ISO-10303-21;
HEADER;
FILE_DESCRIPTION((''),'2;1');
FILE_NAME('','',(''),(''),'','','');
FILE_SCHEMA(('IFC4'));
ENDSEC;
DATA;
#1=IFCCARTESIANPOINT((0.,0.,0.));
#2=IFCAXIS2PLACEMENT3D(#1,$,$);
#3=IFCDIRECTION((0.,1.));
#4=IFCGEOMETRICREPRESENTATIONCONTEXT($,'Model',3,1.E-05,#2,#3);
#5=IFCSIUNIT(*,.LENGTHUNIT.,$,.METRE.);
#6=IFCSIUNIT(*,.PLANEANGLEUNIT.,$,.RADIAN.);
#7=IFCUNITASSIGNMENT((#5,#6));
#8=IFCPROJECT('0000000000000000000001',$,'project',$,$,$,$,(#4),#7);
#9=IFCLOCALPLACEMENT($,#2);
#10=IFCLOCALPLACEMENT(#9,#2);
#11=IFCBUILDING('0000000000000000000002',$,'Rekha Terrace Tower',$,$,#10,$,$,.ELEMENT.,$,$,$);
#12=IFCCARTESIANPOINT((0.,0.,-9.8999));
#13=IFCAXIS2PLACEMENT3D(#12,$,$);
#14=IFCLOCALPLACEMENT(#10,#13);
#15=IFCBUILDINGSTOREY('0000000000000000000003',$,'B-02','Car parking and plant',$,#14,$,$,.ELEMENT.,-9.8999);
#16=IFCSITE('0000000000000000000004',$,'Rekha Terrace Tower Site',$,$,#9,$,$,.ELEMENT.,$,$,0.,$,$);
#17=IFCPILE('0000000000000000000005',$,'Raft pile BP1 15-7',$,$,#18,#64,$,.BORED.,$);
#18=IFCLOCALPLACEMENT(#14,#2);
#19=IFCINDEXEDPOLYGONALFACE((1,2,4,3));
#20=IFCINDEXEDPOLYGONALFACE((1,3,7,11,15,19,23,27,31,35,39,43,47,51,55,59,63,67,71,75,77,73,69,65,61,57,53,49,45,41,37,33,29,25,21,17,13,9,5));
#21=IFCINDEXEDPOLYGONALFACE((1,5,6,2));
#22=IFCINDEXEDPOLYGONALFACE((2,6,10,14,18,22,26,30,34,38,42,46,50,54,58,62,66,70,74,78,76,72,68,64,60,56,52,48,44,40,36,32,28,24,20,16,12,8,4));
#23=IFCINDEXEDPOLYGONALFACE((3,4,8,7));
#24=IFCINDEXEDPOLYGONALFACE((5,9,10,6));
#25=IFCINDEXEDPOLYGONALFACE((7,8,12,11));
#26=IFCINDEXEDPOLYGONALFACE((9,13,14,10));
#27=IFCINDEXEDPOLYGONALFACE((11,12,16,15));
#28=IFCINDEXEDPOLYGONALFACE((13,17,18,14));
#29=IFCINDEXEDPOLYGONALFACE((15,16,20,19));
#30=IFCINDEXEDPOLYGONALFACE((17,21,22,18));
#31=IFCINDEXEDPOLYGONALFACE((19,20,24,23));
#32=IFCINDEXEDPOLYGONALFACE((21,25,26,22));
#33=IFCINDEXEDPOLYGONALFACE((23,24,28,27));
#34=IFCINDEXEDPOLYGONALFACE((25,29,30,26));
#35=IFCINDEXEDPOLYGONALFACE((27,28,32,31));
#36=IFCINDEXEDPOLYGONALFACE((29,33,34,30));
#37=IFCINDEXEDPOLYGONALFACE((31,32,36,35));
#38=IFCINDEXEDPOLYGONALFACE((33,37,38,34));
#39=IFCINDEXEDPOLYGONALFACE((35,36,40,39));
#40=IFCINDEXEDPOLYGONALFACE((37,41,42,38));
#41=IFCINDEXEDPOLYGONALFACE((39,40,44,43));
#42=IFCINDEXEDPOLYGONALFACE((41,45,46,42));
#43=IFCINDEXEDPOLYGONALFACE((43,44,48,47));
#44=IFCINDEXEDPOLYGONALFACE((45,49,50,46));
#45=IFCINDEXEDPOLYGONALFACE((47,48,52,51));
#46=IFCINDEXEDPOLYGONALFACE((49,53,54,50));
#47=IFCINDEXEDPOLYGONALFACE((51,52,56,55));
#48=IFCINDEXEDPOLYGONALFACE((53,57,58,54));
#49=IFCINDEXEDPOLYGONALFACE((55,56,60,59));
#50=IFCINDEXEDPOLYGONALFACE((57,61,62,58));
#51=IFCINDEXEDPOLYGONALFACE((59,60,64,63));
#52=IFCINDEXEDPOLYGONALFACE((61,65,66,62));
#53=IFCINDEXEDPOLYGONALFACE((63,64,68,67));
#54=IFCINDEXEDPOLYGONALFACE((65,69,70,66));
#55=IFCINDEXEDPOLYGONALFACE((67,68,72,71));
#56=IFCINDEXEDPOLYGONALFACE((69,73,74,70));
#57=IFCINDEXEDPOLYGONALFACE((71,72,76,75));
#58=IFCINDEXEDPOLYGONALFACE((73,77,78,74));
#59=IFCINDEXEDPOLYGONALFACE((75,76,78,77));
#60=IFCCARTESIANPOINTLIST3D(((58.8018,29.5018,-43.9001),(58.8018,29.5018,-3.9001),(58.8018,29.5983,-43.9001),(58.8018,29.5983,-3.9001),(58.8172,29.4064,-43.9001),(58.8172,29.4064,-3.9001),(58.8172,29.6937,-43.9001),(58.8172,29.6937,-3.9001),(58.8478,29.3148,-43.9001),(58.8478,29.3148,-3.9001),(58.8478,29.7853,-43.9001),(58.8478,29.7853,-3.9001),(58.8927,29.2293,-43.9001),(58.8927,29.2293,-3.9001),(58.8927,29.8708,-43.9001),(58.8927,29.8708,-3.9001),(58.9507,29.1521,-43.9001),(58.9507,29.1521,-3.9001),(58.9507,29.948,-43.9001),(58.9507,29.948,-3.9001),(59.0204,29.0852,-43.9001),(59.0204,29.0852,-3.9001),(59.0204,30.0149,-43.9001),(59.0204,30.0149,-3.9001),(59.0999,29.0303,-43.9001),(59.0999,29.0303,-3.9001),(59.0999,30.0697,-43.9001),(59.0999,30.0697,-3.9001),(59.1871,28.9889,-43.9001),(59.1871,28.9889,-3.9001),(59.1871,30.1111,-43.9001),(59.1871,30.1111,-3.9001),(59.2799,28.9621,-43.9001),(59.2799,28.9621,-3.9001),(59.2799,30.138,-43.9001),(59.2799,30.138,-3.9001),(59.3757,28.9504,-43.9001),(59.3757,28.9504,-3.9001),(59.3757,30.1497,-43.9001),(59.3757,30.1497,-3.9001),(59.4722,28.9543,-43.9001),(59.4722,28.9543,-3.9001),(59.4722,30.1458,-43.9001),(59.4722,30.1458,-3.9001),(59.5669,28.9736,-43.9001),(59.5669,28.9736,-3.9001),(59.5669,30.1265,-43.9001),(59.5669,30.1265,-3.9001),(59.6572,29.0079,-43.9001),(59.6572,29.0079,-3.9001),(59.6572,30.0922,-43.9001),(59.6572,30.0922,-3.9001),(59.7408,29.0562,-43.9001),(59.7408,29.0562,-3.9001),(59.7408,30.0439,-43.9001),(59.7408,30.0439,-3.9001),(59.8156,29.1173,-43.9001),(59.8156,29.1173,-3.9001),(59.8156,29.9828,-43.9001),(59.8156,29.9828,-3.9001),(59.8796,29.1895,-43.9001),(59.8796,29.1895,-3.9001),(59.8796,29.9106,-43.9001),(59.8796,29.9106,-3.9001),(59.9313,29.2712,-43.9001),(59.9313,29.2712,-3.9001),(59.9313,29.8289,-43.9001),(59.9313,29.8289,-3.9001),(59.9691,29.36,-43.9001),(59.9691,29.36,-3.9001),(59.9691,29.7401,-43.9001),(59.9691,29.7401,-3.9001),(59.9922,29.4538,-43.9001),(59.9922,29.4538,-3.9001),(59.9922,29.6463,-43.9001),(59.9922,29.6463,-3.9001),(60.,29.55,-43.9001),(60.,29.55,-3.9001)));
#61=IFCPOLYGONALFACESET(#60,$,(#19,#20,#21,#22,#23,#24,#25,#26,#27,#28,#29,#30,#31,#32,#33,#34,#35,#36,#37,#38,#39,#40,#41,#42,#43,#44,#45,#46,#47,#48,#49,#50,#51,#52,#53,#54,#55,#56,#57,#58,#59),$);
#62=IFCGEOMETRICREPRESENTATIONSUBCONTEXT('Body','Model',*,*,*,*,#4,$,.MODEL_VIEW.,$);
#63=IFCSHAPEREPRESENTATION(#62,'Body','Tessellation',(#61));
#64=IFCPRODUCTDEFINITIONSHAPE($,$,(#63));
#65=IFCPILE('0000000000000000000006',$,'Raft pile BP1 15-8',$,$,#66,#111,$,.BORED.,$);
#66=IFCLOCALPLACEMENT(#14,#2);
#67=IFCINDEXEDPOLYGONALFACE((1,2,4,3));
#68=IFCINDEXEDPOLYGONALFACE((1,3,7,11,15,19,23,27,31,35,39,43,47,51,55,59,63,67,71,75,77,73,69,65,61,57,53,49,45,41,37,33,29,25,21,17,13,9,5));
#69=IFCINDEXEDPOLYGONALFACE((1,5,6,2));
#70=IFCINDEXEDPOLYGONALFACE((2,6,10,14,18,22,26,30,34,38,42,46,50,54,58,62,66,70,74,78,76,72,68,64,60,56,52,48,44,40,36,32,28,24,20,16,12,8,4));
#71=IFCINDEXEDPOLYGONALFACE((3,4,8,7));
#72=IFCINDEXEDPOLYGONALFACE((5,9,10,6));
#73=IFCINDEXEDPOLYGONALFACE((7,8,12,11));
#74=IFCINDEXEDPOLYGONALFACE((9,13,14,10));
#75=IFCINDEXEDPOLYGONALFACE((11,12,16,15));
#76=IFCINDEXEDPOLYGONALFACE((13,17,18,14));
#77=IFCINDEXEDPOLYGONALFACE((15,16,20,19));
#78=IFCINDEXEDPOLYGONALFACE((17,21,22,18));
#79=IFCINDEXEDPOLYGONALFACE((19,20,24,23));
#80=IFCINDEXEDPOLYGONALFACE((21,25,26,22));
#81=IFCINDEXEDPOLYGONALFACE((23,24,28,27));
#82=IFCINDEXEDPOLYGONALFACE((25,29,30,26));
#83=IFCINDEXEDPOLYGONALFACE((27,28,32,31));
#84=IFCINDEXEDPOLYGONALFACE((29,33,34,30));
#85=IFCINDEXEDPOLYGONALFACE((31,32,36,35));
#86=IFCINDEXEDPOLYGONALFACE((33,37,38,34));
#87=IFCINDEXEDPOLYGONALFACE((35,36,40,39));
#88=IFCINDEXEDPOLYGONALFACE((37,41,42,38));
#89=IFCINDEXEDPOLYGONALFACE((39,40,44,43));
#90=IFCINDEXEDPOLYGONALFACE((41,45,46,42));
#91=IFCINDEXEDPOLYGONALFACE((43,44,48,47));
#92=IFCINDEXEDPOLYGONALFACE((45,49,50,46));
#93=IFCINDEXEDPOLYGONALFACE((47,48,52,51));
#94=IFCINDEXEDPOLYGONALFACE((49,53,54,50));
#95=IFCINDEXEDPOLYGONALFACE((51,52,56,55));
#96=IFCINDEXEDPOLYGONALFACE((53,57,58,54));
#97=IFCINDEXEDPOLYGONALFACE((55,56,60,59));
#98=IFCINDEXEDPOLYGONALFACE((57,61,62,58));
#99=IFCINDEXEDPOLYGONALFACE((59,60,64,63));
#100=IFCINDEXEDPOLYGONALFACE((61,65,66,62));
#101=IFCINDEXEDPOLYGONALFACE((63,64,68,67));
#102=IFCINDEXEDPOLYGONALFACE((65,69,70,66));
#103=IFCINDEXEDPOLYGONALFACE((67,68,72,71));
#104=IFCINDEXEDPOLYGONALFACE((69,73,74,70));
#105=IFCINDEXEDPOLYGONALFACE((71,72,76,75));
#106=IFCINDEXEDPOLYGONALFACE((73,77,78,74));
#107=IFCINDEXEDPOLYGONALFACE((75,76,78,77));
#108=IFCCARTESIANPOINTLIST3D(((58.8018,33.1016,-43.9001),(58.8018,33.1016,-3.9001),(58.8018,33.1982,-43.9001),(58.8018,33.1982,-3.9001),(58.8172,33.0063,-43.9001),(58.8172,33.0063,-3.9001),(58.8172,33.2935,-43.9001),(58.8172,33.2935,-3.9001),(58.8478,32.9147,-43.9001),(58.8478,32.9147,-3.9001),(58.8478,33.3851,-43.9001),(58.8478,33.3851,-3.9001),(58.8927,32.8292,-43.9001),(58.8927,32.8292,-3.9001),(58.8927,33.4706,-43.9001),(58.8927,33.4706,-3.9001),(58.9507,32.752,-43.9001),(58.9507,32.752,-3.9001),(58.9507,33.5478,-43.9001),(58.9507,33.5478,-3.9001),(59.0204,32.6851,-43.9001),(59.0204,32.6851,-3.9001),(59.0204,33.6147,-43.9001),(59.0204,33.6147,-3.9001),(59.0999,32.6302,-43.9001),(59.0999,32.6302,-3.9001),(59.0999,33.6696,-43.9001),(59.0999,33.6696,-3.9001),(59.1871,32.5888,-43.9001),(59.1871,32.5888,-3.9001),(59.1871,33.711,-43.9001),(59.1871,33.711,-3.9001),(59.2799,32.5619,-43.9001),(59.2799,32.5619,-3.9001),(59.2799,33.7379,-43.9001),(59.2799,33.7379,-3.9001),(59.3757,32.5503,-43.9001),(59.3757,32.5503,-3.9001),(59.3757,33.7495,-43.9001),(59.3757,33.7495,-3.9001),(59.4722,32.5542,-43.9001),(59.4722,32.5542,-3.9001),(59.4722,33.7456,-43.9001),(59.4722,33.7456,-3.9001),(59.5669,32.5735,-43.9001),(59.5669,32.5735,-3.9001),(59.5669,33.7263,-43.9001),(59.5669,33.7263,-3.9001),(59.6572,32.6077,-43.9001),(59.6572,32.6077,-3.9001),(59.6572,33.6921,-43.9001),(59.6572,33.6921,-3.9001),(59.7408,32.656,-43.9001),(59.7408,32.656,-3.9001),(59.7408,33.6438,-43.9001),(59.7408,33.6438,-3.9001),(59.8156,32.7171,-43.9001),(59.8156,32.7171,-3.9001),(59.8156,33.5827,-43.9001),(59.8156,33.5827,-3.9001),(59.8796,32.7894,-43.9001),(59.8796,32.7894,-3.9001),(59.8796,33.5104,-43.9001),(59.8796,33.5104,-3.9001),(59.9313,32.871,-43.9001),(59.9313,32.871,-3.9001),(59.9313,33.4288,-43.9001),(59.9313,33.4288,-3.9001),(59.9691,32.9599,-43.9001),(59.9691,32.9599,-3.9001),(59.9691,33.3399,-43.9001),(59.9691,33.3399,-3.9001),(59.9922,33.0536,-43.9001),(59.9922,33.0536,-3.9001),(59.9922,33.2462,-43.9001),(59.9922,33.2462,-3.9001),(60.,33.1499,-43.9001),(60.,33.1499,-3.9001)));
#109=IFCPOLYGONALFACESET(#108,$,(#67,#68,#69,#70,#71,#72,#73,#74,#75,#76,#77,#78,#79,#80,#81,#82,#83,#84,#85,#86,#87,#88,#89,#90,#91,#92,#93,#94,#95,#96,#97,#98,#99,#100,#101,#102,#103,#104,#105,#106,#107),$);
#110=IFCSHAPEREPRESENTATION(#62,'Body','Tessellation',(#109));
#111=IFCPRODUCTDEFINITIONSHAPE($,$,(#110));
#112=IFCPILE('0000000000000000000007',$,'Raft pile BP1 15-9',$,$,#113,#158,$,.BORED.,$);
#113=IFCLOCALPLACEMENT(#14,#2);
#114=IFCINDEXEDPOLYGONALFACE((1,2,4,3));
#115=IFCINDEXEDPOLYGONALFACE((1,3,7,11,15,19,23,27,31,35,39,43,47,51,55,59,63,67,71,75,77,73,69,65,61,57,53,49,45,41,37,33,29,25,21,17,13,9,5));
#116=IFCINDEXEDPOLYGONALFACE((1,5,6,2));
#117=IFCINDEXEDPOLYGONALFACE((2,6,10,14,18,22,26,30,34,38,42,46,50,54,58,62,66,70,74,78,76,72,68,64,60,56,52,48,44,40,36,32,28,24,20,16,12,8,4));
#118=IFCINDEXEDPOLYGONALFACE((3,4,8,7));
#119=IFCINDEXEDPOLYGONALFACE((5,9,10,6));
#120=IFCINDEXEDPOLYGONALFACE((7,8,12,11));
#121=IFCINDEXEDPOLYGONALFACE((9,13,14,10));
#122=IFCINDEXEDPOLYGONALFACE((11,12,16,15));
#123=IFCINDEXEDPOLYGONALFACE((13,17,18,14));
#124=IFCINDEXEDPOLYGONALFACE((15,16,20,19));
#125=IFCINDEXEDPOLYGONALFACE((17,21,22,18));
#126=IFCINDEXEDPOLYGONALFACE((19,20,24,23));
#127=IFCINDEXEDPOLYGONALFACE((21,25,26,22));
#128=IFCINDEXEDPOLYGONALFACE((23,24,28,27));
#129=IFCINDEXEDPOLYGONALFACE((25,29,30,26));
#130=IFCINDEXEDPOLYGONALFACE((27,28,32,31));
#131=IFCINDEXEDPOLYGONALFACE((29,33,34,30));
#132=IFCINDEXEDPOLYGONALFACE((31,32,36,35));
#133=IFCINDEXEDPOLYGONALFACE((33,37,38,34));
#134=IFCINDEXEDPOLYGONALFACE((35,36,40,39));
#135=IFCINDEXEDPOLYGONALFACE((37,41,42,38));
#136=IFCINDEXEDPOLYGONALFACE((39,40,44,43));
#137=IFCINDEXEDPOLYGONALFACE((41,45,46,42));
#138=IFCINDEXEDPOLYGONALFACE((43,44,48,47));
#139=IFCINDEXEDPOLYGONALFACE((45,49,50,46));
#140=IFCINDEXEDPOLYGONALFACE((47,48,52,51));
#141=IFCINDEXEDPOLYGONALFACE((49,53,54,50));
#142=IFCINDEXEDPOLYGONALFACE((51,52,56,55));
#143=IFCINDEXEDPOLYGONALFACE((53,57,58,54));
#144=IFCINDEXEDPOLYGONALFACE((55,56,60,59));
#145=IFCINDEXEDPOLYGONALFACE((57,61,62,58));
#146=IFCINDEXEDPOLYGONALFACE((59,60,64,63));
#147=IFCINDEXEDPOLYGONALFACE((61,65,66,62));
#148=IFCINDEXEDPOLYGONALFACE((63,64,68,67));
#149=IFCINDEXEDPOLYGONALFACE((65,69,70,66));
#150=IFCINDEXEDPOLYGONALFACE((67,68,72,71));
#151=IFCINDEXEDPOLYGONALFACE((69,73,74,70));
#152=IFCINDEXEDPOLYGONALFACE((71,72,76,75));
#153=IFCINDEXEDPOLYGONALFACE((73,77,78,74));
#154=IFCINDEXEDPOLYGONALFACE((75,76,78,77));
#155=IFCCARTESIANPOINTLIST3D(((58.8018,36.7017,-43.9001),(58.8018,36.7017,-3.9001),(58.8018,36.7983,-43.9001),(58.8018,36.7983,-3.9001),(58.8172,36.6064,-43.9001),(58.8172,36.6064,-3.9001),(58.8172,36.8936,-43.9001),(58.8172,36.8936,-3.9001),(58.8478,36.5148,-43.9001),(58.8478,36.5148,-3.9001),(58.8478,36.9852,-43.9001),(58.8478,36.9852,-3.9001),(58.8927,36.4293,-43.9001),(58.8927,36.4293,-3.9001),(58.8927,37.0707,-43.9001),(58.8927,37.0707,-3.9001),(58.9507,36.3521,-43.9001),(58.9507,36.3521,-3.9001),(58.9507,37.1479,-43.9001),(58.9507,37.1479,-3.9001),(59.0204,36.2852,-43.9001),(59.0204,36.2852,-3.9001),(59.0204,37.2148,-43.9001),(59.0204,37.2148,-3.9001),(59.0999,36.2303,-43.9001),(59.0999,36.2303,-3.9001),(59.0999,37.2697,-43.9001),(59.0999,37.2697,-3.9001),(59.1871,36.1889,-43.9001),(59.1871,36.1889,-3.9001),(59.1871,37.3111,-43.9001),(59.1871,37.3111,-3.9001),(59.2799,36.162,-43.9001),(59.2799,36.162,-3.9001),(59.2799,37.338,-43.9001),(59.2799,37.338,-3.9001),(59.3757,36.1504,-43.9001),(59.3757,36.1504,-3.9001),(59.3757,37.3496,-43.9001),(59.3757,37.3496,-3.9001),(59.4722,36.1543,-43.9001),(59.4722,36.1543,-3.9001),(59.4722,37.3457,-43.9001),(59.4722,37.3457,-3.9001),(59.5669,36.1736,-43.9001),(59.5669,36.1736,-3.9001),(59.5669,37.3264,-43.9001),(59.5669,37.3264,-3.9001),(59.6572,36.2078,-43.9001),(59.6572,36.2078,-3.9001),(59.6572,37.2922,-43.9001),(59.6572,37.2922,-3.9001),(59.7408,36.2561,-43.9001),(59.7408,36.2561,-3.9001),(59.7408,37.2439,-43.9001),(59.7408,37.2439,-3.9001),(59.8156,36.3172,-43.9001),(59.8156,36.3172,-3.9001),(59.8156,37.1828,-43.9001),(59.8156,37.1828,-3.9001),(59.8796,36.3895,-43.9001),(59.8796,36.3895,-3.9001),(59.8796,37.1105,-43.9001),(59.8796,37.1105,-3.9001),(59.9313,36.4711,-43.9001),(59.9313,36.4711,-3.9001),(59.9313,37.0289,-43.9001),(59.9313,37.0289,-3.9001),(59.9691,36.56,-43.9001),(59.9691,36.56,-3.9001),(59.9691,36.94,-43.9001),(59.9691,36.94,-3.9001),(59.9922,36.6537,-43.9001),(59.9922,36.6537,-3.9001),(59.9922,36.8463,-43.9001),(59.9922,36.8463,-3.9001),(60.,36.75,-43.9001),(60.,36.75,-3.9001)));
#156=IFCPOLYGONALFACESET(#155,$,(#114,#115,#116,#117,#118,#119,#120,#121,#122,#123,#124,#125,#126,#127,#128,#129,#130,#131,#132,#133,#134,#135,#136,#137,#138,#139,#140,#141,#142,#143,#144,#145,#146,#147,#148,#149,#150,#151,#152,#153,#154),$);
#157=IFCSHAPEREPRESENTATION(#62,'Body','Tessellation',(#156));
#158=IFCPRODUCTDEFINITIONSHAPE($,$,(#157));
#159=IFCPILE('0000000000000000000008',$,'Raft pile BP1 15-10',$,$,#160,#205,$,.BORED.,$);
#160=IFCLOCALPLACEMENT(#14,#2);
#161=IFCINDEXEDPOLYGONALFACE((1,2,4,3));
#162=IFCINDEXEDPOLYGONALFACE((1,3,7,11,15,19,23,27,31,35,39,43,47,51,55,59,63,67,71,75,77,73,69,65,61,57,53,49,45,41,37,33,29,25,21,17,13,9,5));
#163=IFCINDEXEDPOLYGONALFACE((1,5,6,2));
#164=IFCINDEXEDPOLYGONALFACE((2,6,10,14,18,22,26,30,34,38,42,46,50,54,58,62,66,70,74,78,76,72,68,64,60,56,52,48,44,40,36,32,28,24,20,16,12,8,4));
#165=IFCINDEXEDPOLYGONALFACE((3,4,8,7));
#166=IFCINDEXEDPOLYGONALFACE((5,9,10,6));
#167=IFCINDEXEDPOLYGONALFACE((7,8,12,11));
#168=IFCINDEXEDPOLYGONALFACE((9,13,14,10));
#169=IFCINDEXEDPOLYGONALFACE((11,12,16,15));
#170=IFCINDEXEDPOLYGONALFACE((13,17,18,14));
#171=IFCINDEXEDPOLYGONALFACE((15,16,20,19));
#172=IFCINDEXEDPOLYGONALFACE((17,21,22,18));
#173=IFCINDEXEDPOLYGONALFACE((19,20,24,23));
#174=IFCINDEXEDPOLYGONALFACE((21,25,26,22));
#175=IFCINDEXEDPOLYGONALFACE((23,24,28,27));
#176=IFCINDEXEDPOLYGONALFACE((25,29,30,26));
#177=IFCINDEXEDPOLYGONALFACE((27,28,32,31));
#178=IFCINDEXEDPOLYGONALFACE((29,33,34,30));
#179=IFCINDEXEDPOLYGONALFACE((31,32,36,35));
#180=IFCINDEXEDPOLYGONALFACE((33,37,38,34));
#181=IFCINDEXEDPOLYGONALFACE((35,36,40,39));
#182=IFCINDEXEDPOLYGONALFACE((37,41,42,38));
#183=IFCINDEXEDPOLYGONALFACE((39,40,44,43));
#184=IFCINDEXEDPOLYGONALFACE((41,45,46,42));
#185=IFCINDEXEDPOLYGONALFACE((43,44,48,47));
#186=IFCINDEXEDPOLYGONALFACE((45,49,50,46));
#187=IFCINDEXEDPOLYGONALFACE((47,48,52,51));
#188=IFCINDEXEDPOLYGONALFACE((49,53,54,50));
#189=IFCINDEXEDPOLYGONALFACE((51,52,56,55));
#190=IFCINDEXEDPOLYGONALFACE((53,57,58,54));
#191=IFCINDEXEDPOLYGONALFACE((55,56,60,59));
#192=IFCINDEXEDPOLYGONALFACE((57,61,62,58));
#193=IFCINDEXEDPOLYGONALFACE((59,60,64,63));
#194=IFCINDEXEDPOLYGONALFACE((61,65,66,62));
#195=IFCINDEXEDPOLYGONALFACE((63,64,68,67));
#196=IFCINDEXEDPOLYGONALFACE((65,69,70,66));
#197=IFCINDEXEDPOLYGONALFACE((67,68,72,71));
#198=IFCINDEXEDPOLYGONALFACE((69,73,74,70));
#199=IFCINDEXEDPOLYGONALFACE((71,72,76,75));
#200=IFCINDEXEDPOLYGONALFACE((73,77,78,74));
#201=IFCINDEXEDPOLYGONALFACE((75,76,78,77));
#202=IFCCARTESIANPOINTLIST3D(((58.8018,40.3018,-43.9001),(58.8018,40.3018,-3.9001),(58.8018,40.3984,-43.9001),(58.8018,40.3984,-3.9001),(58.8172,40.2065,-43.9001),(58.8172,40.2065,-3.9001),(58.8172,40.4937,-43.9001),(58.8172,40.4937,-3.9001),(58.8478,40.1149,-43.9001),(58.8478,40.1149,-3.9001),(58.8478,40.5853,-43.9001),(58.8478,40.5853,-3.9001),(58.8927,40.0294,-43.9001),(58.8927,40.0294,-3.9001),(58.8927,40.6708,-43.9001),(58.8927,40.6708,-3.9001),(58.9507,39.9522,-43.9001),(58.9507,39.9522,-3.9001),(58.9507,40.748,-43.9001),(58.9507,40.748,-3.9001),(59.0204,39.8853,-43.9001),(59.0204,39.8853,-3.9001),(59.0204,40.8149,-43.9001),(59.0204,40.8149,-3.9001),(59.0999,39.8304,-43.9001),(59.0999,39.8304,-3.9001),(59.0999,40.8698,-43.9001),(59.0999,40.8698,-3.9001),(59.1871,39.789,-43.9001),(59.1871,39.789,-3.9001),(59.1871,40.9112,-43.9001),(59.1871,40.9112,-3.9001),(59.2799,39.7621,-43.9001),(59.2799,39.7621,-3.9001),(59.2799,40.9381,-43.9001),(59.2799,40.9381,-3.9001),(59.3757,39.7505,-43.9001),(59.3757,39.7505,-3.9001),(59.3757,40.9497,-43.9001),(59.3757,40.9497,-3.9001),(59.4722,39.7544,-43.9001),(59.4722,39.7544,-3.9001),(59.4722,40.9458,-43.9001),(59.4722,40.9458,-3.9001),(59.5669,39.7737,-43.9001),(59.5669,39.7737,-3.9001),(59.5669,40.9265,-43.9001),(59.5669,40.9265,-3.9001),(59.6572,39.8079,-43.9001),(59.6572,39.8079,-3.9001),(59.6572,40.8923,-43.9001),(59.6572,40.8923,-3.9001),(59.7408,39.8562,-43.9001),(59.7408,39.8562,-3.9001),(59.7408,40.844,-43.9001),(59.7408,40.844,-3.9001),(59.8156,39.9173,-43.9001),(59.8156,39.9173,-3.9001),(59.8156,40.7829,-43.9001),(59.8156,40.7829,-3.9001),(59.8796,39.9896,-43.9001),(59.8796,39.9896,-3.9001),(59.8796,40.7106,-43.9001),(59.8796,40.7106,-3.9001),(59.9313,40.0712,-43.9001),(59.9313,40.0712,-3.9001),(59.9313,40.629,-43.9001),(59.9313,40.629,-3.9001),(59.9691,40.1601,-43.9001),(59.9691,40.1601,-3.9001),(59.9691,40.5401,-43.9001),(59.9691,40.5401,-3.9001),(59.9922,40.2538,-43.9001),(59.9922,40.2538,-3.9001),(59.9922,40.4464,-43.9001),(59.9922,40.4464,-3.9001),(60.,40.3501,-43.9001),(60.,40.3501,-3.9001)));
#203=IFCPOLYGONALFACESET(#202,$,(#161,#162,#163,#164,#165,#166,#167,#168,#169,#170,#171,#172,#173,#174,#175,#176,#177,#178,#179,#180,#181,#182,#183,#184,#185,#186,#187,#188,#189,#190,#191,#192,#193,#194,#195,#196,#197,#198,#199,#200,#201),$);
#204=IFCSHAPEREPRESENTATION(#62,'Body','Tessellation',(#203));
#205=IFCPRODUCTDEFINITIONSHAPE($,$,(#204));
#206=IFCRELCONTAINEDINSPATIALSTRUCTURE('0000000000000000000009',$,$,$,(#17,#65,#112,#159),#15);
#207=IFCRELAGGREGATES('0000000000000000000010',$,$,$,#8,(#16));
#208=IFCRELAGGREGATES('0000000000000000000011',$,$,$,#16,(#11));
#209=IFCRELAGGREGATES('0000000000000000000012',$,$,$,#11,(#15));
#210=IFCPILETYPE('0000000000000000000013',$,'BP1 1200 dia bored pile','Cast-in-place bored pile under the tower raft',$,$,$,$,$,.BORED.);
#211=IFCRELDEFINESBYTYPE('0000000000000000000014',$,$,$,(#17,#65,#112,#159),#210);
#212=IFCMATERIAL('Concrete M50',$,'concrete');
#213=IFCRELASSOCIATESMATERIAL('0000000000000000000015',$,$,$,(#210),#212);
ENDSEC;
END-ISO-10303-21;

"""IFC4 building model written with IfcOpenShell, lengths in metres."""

from ifc_helpers import new_model, si_unit, direction, frame, origin, origin_2d, place, context, subcontext, project, spatial, circle, extrude, material, type_object, element, save


model = new_model("IFC4")

# Units and contexts
model_context = context("Model", 3, precision=1e-05, world=origin(), true_north=direction((0.0, 1.0)))
body_context = subcontext(model_context, "Body", "Model", "MODEL_VIEW")
ifc_project = project(units=[si_unit("LENGTHUNIT", "METRE"), si_unit("PLANEANGLEUNIT", "RADIAN")], contexts=[model_context])

# Site, building, storey
site_placement = place(None, origin())
site = spatial("IfcSite", under=ifc_project, at=site_placement, Name="Rekha Terrace Tower Site", CompositionType="ELEMENT", RefElevation=0.0)
building_placement = place(site_placement, origin())
building = spatial("IfcBuilding", under=site, at=building_placement, Name="Rekha Terrace Tower", CompositionType="ELEMENT")
storey_placement = place(building_placement, frame((0.0, 0.0, -9.8999)))
storey = spatial("IfcBuildingStorey", under=building, at=storey_placement, Name="B-02", Description="Car parking and plant", CompositionType="ELEMENT", Elevation=-9.8999)

# Piles
ifc_material_1 = material(Name="Concrete M50", Category="concrete")
pile_type = type_object("IfcPileType", Name="BP1 1200 dia bored pile", Description="Cast-in-place bored pile under the tower raft", PredefinedType="BORED", material=ifc_material_1)
for number, where, z_axis, x_axis, name in (
    (1, (59.3999, 29.55, -3.9001), (0.0, 0.0, -1.0), (1.0, 0.0, 0.0), "Raft pile BP1 15-7"),
    (2, (59.3999, 33.1499, -3.9001), (0.0, 0.0, -1.0), (1.0, 0.0, 0.0), "Raft pile BP1 15-8"),
    (3, (59.3999, 36.75, -3.9001), (0.0, 0.0, -1.0), (1.0, 0.0, 0.0), "Raft pile BP1 15-9"),
    (4, (59.3999, 40.3501, -3.9001), (0.0, 0.0, -1.0), (1.0, 0.0, 0.0), "Raft pile BP1 15-10"),
):
    element("IfcPile", number, at=place(storey_placement, frame(where, z_axis=z_axis, x_axis=x_axis)), inside=storey, type_object=pile_type, Name=name, PredefinedType="BORED", context=body_context, shape_type="SweptSolid", body=[
        extrude(circle(Radius=0.6001, at=origin_2d()), origin(), (0.0, 0.0, 1.0), 40.0),
    ])

save(model, "model.ifc")
